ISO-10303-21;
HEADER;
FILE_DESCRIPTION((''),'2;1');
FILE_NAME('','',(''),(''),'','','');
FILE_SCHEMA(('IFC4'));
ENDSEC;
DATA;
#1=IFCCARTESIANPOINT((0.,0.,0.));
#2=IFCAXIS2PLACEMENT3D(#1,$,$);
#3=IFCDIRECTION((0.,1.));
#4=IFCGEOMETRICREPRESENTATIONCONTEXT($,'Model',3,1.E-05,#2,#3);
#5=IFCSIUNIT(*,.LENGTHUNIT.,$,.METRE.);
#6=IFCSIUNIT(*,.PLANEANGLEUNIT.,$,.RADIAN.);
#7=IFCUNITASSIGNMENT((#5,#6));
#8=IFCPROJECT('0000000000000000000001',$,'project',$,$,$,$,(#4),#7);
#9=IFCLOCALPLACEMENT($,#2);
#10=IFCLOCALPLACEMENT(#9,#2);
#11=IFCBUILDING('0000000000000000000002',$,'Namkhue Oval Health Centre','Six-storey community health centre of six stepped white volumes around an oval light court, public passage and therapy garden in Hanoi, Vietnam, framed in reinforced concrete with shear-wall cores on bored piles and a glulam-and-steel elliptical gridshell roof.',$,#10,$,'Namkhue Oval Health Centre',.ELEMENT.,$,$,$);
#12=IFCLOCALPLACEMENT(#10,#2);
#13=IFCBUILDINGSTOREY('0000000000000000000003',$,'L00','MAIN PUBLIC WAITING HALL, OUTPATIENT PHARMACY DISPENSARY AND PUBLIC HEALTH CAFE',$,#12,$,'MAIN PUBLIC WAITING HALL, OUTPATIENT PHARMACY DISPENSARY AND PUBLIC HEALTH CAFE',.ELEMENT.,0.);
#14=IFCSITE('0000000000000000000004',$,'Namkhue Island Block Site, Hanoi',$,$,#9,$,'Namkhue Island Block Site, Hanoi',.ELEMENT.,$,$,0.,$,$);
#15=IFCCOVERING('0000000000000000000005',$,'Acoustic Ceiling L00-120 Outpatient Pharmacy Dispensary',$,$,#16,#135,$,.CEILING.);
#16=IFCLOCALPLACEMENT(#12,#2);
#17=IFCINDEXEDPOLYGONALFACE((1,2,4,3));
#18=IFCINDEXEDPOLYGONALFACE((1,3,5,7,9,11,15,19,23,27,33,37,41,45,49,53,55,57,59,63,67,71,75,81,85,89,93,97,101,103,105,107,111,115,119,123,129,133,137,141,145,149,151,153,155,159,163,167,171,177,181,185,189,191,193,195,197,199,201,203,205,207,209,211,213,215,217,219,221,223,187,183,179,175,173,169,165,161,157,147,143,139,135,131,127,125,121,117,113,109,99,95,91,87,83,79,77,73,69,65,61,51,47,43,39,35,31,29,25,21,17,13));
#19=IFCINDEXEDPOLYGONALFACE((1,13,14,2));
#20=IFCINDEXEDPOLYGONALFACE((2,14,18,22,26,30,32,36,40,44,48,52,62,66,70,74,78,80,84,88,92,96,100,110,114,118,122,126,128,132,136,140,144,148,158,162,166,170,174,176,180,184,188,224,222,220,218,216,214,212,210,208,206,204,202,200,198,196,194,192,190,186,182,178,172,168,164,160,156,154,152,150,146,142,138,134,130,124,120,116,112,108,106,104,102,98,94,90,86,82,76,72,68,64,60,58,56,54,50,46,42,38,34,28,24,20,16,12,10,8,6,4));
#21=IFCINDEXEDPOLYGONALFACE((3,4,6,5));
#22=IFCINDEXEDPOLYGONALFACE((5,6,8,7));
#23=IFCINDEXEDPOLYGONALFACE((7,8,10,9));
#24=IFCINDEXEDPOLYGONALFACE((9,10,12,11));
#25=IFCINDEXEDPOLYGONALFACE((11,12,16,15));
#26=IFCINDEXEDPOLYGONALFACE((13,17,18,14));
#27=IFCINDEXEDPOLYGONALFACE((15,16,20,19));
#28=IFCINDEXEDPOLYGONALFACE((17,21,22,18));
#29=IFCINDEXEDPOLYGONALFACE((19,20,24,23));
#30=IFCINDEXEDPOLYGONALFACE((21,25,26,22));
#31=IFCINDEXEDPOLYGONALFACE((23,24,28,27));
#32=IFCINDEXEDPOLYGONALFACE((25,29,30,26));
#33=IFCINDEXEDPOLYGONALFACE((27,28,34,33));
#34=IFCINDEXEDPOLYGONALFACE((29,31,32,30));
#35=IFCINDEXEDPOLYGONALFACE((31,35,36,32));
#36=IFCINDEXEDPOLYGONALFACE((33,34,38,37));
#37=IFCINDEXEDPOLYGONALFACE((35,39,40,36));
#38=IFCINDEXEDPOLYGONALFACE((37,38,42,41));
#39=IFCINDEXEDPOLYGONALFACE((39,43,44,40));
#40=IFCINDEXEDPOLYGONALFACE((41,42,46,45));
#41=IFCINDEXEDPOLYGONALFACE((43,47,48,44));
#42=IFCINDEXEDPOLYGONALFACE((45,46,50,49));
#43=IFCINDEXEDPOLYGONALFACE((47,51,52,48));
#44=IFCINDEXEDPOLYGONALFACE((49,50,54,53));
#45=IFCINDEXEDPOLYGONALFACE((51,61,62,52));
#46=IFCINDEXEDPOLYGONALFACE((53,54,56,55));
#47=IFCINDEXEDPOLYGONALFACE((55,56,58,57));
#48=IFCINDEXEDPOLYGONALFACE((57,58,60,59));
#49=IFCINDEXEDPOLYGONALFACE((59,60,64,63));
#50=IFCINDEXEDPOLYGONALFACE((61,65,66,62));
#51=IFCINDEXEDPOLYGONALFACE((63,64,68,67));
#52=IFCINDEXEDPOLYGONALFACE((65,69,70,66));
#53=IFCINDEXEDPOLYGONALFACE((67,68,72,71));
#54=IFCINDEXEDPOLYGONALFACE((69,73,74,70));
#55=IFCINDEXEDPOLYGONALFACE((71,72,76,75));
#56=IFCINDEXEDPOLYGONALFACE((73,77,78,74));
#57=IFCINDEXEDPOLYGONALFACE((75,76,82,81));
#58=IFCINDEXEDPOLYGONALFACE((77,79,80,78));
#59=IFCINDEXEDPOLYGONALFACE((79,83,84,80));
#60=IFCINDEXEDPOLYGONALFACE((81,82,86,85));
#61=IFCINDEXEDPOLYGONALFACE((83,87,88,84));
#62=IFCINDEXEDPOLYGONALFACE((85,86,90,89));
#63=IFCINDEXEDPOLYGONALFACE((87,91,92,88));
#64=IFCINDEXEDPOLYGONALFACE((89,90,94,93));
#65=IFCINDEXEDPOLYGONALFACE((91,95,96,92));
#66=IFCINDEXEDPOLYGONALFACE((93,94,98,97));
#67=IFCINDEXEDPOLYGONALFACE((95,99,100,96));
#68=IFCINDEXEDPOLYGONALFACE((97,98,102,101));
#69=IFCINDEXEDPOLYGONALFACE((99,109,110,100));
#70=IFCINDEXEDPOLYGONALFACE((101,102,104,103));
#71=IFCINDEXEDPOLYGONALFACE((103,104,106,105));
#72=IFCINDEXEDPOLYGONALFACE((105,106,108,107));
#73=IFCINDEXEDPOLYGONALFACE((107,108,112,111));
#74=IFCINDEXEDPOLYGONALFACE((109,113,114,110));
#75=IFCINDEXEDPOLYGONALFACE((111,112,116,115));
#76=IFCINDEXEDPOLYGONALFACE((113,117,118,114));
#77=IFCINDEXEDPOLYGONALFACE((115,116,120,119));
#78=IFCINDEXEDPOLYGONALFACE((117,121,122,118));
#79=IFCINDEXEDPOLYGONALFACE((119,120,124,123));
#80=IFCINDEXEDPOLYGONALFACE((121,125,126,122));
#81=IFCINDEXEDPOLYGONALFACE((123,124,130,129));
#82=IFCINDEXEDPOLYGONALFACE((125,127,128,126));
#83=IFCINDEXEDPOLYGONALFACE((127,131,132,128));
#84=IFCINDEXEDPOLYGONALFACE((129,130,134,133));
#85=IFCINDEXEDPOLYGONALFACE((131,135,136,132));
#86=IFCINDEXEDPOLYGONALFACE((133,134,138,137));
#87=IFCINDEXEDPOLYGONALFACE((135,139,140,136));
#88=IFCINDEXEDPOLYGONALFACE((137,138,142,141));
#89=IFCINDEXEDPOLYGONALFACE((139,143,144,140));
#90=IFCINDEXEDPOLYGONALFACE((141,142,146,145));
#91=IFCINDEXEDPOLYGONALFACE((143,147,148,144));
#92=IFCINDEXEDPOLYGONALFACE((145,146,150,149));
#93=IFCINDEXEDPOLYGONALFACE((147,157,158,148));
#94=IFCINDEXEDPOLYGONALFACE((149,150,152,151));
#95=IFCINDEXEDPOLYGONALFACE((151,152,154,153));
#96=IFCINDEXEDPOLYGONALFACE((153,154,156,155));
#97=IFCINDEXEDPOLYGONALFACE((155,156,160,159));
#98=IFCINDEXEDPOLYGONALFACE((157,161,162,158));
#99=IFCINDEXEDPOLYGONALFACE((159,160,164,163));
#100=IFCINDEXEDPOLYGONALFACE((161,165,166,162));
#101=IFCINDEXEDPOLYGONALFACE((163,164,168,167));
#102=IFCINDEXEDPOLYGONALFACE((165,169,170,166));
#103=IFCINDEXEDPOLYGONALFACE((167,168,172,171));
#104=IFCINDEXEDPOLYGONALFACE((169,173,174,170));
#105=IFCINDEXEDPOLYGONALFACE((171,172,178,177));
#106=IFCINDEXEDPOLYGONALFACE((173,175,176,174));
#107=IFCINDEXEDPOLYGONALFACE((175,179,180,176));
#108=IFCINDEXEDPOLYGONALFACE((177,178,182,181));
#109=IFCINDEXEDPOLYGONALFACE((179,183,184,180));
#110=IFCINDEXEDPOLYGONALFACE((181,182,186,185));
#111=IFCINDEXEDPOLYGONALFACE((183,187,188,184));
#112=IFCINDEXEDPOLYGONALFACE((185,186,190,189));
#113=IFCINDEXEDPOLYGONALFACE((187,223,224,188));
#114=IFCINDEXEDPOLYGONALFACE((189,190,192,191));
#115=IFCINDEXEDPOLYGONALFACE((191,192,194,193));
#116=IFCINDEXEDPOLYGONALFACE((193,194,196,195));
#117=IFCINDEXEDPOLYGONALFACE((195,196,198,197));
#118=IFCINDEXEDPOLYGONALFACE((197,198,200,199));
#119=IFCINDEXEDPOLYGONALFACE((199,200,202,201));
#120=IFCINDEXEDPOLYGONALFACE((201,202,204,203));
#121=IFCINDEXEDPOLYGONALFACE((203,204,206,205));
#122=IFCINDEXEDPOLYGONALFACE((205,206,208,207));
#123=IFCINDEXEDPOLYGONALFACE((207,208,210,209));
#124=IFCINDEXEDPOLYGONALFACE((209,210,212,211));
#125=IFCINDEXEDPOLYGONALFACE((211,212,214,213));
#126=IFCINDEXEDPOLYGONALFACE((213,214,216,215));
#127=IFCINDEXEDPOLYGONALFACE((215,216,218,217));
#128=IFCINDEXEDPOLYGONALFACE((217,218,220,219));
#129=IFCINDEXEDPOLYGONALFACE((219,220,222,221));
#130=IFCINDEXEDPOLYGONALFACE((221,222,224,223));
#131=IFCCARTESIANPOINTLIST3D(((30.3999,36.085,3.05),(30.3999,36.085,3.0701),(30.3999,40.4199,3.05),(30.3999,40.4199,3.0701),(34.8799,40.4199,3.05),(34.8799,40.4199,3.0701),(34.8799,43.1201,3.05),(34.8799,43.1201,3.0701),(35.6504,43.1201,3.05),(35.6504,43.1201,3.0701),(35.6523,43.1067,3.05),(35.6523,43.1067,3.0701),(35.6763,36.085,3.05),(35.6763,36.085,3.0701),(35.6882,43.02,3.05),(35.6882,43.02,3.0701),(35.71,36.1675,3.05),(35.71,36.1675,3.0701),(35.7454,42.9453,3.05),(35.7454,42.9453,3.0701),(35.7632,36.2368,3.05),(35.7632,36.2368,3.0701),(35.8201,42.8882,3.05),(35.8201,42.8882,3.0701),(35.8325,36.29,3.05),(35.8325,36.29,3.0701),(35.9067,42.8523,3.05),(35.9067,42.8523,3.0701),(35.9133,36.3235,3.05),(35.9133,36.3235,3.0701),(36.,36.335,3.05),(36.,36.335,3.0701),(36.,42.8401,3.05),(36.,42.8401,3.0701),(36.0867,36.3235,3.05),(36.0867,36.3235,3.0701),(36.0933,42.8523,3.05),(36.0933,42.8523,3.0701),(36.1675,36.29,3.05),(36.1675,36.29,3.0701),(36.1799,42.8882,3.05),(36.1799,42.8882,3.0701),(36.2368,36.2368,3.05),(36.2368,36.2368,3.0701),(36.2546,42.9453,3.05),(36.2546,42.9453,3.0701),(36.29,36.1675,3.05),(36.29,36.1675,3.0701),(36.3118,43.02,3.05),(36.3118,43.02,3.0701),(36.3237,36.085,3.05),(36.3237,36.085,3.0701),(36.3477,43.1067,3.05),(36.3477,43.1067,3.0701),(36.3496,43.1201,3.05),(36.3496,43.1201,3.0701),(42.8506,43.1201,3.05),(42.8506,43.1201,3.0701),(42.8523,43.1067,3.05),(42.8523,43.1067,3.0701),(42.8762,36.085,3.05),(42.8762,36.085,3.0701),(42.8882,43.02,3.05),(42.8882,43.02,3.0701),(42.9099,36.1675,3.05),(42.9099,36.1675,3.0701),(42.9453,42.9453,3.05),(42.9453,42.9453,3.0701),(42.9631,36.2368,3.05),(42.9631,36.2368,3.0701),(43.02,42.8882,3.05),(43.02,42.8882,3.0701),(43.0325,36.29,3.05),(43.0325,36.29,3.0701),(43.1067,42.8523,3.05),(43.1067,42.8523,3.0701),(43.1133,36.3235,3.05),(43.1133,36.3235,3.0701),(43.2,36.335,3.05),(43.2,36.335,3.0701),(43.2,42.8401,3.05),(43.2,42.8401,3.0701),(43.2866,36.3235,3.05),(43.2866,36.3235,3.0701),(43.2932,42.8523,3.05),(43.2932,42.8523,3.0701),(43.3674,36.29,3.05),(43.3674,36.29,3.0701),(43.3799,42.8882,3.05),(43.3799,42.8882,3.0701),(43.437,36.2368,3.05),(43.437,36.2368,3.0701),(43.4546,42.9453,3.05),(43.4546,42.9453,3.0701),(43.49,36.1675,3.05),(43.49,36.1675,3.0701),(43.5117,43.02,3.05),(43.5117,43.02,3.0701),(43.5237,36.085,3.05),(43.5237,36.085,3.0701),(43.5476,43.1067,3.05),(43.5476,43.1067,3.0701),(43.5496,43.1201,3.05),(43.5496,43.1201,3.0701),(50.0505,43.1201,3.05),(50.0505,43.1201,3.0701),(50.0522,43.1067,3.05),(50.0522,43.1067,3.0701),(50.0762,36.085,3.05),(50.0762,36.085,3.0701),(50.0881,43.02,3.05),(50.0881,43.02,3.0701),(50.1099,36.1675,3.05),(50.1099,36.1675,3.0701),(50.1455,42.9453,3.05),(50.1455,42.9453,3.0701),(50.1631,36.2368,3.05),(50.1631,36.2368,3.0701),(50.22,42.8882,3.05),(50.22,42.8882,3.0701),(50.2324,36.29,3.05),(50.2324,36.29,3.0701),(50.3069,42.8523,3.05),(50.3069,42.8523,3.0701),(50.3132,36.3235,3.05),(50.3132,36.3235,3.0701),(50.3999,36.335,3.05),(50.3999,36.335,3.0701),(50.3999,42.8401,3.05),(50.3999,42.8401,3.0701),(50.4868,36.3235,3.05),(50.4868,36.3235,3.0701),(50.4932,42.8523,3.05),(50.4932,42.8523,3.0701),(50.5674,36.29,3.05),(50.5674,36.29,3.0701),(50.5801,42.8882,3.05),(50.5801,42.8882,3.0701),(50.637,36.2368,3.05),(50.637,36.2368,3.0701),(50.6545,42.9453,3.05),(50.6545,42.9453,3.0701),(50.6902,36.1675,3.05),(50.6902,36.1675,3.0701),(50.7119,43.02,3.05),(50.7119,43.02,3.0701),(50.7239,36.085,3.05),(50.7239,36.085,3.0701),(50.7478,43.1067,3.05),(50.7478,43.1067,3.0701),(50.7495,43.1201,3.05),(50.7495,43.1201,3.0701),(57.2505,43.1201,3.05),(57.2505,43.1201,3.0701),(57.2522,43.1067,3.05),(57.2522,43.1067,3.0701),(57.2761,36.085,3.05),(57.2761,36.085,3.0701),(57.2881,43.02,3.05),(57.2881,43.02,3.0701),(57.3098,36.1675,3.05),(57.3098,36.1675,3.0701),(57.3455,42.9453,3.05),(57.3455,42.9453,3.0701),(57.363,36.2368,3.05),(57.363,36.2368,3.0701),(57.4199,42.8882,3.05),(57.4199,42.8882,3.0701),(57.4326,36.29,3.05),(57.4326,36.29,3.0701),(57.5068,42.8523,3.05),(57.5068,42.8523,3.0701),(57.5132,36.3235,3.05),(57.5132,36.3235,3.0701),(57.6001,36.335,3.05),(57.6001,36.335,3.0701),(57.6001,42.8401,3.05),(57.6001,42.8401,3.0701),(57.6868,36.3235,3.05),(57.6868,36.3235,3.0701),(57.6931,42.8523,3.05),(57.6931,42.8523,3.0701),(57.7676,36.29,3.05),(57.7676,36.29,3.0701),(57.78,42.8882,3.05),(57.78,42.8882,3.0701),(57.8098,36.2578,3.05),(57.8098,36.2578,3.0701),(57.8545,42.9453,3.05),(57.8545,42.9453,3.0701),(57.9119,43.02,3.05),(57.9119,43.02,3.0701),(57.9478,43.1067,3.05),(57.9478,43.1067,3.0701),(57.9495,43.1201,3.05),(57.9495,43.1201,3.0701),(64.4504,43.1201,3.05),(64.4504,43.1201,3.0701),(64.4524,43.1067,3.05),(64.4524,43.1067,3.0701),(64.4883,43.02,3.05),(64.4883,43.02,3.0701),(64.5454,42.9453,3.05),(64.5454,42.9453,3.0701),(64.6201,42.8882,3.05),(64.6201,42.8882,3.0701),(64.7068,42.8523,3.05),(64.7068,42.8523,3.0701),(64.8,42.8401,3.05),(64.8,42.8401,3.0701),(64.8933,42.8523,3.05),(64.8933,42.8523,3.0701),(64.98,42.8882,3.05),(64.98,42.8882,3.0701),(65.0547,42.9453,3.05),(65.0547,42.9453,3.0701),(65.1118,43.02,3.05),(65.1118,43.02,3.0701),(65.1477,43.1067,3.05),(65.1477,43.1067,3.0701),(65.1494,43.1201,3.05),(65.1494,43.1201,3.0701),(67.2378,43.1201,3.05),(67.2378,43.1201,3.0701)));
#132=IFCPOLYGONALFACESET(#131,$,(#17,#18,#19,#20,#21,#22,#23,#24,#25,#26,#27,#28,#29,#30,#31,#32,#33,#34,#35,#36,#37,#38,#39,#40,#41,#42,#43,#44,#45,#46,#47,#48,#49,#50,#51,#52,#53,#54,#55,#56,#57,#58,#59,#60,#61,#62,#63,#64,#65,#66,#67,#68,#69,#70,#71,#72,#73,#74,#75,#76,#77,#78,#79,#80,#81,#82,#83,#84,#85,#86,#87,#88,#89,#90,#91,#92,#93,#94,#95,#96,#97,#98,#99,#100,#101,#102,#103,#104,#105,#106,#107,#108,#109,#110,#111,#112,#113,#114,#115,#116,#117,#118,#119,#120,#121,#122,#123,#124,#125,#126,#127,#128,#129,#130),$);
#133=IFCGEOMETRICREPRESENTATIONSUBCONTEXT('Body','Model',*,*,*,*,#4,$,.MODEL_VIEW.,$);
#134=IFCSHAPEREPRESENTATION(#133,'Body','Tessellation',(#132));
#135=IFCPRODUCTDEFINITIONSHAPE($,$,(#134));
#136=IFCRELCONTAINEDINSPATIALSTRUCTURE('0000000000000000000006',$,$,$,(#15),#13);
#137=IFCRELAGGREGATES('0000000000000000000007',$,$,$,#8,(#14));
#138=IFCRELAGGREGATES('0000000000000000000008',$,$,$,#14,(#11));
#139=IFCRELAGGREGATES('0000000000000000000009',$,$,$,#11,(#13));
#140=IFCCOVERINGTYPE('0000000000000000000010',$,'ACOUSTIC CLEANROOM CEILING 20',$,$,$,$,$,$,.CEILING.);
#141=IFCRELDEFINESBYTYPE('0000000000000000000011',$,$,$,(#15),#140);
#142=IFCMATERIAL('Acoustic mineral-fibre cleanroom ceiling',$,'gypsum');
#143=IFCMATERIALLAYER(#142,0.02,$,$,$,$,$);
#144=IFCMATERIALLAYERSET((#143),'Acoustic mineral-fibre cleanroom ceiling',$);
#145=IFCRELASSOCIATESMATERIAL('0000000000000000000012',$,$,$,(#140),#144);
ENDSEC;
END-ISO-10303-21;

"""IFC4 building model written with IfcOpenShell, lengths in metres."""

from ifc_helpers import new_model, si_unit, direction, frame, origin, place, context, subcontext, project, spatial, polyline, outline, extrude, material, layer, layer_set, type_object, element, save


model = new_model("IFC4")

# Units and contexts
model_context = context("Model", 3, precision=1e-05, world=origin(), true_north=direction((0.0, 1.0)))
body_context = subcontext(model_context, "Body", "Model", "MODEL_VIEW")
ifc_project = project(units=[si_unit("LENGTHUNIT", "METRE"), si_unit("PLANEANGLEUNIT", "RADIAN")], contexts=[model_context])

# Site, building, storey
site_placement = place(None, origin())
site = spatial("IfcSite", under=ifc_project, at=site_placement, Name="Namkhue Island Block Site, Hanoi", LongName="Namkhue Island Block Site, Hanoi", CompositionType="ELEMENT", RefElevation=0.0)
building_placement = place(site_placement, origin())
building = spatial("IfcBuilding", under=site, at=building_placement, Name="Namkhue Oval Health Centre", Description="Six-storey community health centre of six stepped white volumes around an oval light court, public passage and therapy garden in Hanoi, Vietnam, framed in reinforced concrete with shear-wall cores on bored piles and a glulam-and-steel elliptical gridshell roof.", LongName="Namkhue Oval Health Centre", CompositionType="ELEMENT")
storey_placement = place(building_placement, origin())
storey = spatial("IfcBuildingStorey", under=building, at=storey_placement, Name="L00", Description="MAIN PUBLIC WAITING HALL, OUTPATIENT PHARMACY DISPENSARY AND PUBLIC HEALTH CAFE", LongName="MAIN PUBLIC WAITING HALL, OUTPATIENT PHARMACY DISPENSARY AND PUBLIC HEALTH CAFE", CompositionType="ELEMENT", Elevation=0.0)

# Covering
ifc_material = material(Name="Acoustic mineral-fibre cleanroom ceiling", Category="gypsum")
ifc_layer = layer(ifc_material, 0.02)
ifc_layer_set = layer_set([ifc_layer], Name="Acoustic mineral-fibre cleanroom ceiling")
covering_type = type_object("IfcCoveringType", Name="ACOUSTIC CLEANROOM CEILING 20", PredefinedType="CEILING", material=ifc_layer_set)
covering_1_placement = place(storey_placement, frame((0.0, 0.0, 3.05)))
element("IfcCovering", 1, at=covering_1_placement, inside=storey, type_object=covering_type, Name="Acoustic Ceiling L00-120 Outpatient Pharmacy Dispensary", PredefinedType="CEILING", context=body_context, shape_type="SweptSolid", body=[
    extrude(outline(polyline([(34.8799, 43.1201), (35.6504, 43.1201), (35.6523, 43.1067), (35.6882, 43.02), (35.7454, 42.9453), (35.8201, 42.8882), (35.9067, 42.8523), (36.0, 42.8401), (36.0933, 42.8523), (36.1799, 42.8882), (36.2546, 42.9453), (36.3118, 43.02), (36.3477, 43.1067), (36.3496, 43.1201), (42.8506, 43.1201), (42.8523, 43.1067), (42.8882, 43.02), (42.9453, 42.9453), (43.02, 42.8882), (43.1067, 42.8523), (43.2, 42.8401), (43.2932, 42.8523), (43.3799, 42.8882), (43.4546, 42.9453), (43.5117, 43.02), (43.5476, 43.1067), (43.5496, 43.1201), (50.0505, 43.1201), (50.0522, 43.1067), (50.0881, 43.02), (50.1455, 42.9453), (50.22, 42.8882), (50.3069, 42.8523), (50.3999, 42.8401), (50.4932, 42.8523), (50.5801, 42.8882), (50.6545, 42.9453), (50.7119, 43.02), (50.7478, 43.1067), (50.7495, 43.1201), (57.2505, 43.1201), (57.2522, 43.1067), (57.2881, 43.02), (57.3455, 42.9453), (57.4199, 42.8882), (57.5068, 42.8523), (57.6001, 42.8401), (57.6931, 42.8523), (57.78, 42.8882), (57.8545, 42.9453), (57.9119, 43.02), (57.9478, 43.1067), (57.9495, 43.1201), (64.4504, 43.1201), (64.4524, 43.1067), (64.4883, 43.02), (64.5454, 42.9453), (64.6201, 42.8882), (64.7068, 42.8523), (64.8, 42.8401), (64.8933, 42.8523), (64.98, 42.8882), (65.0547, 42.9453), (65.1118, 43.02), (65.1477, 43.1067), (65.1494, 43.1201), (67.2378, 43.1201), (57.8098, 36.2578), (57.7676, 36.29), (57.6868, 36.3235), (57.6001, 36.335), (57.5132, 36.3235), (57.4326, 36.29), (57.363, 36.2368), (57.3098, 36.1675), (57.2761, 36.085), (50.7239, 36.085), (50.6902, 36.1675), (50.637, 36.2368), (50.5674, 36.29), (50.4868, 36.3235), (50.3999, 36.335), (50.3132, 36.3235), (50.2324, 36.29), (50.1631, 36.2368), (50.1099, 36.1675), (50.0762, 36.085), (43.5237, 36.085), (43.49, 36.1675), (43.437, 36.2368), (43.3674, 36.29), (43.2866, 36.3235), (43.2, 36.335), (43.1133, 36.3235), (43.0325, 36.29), (42.9631, 36.2368), (42.9099, 36.1675), (42.8762, 36.085), (36.3237, 36.085), (36.29, 36.1675), (36.2368, 36.2368), (36.1675, 36.29), (36.0867, 36.3235), (36.0, 36.335), (35.9133, 36.3235), (35.8325, 36.29), (35.7632, 36.2368), (35.71, 36.1675), (35.6763, 36.085), (30.3999, 36.085), (30.3999, 40.4199), (34.8799, 40.4199), (34.8799, 43.1201)])), origin(), (0.0, 0.0, 1.0), 0.02),
])

save(model, "model.ifc")
